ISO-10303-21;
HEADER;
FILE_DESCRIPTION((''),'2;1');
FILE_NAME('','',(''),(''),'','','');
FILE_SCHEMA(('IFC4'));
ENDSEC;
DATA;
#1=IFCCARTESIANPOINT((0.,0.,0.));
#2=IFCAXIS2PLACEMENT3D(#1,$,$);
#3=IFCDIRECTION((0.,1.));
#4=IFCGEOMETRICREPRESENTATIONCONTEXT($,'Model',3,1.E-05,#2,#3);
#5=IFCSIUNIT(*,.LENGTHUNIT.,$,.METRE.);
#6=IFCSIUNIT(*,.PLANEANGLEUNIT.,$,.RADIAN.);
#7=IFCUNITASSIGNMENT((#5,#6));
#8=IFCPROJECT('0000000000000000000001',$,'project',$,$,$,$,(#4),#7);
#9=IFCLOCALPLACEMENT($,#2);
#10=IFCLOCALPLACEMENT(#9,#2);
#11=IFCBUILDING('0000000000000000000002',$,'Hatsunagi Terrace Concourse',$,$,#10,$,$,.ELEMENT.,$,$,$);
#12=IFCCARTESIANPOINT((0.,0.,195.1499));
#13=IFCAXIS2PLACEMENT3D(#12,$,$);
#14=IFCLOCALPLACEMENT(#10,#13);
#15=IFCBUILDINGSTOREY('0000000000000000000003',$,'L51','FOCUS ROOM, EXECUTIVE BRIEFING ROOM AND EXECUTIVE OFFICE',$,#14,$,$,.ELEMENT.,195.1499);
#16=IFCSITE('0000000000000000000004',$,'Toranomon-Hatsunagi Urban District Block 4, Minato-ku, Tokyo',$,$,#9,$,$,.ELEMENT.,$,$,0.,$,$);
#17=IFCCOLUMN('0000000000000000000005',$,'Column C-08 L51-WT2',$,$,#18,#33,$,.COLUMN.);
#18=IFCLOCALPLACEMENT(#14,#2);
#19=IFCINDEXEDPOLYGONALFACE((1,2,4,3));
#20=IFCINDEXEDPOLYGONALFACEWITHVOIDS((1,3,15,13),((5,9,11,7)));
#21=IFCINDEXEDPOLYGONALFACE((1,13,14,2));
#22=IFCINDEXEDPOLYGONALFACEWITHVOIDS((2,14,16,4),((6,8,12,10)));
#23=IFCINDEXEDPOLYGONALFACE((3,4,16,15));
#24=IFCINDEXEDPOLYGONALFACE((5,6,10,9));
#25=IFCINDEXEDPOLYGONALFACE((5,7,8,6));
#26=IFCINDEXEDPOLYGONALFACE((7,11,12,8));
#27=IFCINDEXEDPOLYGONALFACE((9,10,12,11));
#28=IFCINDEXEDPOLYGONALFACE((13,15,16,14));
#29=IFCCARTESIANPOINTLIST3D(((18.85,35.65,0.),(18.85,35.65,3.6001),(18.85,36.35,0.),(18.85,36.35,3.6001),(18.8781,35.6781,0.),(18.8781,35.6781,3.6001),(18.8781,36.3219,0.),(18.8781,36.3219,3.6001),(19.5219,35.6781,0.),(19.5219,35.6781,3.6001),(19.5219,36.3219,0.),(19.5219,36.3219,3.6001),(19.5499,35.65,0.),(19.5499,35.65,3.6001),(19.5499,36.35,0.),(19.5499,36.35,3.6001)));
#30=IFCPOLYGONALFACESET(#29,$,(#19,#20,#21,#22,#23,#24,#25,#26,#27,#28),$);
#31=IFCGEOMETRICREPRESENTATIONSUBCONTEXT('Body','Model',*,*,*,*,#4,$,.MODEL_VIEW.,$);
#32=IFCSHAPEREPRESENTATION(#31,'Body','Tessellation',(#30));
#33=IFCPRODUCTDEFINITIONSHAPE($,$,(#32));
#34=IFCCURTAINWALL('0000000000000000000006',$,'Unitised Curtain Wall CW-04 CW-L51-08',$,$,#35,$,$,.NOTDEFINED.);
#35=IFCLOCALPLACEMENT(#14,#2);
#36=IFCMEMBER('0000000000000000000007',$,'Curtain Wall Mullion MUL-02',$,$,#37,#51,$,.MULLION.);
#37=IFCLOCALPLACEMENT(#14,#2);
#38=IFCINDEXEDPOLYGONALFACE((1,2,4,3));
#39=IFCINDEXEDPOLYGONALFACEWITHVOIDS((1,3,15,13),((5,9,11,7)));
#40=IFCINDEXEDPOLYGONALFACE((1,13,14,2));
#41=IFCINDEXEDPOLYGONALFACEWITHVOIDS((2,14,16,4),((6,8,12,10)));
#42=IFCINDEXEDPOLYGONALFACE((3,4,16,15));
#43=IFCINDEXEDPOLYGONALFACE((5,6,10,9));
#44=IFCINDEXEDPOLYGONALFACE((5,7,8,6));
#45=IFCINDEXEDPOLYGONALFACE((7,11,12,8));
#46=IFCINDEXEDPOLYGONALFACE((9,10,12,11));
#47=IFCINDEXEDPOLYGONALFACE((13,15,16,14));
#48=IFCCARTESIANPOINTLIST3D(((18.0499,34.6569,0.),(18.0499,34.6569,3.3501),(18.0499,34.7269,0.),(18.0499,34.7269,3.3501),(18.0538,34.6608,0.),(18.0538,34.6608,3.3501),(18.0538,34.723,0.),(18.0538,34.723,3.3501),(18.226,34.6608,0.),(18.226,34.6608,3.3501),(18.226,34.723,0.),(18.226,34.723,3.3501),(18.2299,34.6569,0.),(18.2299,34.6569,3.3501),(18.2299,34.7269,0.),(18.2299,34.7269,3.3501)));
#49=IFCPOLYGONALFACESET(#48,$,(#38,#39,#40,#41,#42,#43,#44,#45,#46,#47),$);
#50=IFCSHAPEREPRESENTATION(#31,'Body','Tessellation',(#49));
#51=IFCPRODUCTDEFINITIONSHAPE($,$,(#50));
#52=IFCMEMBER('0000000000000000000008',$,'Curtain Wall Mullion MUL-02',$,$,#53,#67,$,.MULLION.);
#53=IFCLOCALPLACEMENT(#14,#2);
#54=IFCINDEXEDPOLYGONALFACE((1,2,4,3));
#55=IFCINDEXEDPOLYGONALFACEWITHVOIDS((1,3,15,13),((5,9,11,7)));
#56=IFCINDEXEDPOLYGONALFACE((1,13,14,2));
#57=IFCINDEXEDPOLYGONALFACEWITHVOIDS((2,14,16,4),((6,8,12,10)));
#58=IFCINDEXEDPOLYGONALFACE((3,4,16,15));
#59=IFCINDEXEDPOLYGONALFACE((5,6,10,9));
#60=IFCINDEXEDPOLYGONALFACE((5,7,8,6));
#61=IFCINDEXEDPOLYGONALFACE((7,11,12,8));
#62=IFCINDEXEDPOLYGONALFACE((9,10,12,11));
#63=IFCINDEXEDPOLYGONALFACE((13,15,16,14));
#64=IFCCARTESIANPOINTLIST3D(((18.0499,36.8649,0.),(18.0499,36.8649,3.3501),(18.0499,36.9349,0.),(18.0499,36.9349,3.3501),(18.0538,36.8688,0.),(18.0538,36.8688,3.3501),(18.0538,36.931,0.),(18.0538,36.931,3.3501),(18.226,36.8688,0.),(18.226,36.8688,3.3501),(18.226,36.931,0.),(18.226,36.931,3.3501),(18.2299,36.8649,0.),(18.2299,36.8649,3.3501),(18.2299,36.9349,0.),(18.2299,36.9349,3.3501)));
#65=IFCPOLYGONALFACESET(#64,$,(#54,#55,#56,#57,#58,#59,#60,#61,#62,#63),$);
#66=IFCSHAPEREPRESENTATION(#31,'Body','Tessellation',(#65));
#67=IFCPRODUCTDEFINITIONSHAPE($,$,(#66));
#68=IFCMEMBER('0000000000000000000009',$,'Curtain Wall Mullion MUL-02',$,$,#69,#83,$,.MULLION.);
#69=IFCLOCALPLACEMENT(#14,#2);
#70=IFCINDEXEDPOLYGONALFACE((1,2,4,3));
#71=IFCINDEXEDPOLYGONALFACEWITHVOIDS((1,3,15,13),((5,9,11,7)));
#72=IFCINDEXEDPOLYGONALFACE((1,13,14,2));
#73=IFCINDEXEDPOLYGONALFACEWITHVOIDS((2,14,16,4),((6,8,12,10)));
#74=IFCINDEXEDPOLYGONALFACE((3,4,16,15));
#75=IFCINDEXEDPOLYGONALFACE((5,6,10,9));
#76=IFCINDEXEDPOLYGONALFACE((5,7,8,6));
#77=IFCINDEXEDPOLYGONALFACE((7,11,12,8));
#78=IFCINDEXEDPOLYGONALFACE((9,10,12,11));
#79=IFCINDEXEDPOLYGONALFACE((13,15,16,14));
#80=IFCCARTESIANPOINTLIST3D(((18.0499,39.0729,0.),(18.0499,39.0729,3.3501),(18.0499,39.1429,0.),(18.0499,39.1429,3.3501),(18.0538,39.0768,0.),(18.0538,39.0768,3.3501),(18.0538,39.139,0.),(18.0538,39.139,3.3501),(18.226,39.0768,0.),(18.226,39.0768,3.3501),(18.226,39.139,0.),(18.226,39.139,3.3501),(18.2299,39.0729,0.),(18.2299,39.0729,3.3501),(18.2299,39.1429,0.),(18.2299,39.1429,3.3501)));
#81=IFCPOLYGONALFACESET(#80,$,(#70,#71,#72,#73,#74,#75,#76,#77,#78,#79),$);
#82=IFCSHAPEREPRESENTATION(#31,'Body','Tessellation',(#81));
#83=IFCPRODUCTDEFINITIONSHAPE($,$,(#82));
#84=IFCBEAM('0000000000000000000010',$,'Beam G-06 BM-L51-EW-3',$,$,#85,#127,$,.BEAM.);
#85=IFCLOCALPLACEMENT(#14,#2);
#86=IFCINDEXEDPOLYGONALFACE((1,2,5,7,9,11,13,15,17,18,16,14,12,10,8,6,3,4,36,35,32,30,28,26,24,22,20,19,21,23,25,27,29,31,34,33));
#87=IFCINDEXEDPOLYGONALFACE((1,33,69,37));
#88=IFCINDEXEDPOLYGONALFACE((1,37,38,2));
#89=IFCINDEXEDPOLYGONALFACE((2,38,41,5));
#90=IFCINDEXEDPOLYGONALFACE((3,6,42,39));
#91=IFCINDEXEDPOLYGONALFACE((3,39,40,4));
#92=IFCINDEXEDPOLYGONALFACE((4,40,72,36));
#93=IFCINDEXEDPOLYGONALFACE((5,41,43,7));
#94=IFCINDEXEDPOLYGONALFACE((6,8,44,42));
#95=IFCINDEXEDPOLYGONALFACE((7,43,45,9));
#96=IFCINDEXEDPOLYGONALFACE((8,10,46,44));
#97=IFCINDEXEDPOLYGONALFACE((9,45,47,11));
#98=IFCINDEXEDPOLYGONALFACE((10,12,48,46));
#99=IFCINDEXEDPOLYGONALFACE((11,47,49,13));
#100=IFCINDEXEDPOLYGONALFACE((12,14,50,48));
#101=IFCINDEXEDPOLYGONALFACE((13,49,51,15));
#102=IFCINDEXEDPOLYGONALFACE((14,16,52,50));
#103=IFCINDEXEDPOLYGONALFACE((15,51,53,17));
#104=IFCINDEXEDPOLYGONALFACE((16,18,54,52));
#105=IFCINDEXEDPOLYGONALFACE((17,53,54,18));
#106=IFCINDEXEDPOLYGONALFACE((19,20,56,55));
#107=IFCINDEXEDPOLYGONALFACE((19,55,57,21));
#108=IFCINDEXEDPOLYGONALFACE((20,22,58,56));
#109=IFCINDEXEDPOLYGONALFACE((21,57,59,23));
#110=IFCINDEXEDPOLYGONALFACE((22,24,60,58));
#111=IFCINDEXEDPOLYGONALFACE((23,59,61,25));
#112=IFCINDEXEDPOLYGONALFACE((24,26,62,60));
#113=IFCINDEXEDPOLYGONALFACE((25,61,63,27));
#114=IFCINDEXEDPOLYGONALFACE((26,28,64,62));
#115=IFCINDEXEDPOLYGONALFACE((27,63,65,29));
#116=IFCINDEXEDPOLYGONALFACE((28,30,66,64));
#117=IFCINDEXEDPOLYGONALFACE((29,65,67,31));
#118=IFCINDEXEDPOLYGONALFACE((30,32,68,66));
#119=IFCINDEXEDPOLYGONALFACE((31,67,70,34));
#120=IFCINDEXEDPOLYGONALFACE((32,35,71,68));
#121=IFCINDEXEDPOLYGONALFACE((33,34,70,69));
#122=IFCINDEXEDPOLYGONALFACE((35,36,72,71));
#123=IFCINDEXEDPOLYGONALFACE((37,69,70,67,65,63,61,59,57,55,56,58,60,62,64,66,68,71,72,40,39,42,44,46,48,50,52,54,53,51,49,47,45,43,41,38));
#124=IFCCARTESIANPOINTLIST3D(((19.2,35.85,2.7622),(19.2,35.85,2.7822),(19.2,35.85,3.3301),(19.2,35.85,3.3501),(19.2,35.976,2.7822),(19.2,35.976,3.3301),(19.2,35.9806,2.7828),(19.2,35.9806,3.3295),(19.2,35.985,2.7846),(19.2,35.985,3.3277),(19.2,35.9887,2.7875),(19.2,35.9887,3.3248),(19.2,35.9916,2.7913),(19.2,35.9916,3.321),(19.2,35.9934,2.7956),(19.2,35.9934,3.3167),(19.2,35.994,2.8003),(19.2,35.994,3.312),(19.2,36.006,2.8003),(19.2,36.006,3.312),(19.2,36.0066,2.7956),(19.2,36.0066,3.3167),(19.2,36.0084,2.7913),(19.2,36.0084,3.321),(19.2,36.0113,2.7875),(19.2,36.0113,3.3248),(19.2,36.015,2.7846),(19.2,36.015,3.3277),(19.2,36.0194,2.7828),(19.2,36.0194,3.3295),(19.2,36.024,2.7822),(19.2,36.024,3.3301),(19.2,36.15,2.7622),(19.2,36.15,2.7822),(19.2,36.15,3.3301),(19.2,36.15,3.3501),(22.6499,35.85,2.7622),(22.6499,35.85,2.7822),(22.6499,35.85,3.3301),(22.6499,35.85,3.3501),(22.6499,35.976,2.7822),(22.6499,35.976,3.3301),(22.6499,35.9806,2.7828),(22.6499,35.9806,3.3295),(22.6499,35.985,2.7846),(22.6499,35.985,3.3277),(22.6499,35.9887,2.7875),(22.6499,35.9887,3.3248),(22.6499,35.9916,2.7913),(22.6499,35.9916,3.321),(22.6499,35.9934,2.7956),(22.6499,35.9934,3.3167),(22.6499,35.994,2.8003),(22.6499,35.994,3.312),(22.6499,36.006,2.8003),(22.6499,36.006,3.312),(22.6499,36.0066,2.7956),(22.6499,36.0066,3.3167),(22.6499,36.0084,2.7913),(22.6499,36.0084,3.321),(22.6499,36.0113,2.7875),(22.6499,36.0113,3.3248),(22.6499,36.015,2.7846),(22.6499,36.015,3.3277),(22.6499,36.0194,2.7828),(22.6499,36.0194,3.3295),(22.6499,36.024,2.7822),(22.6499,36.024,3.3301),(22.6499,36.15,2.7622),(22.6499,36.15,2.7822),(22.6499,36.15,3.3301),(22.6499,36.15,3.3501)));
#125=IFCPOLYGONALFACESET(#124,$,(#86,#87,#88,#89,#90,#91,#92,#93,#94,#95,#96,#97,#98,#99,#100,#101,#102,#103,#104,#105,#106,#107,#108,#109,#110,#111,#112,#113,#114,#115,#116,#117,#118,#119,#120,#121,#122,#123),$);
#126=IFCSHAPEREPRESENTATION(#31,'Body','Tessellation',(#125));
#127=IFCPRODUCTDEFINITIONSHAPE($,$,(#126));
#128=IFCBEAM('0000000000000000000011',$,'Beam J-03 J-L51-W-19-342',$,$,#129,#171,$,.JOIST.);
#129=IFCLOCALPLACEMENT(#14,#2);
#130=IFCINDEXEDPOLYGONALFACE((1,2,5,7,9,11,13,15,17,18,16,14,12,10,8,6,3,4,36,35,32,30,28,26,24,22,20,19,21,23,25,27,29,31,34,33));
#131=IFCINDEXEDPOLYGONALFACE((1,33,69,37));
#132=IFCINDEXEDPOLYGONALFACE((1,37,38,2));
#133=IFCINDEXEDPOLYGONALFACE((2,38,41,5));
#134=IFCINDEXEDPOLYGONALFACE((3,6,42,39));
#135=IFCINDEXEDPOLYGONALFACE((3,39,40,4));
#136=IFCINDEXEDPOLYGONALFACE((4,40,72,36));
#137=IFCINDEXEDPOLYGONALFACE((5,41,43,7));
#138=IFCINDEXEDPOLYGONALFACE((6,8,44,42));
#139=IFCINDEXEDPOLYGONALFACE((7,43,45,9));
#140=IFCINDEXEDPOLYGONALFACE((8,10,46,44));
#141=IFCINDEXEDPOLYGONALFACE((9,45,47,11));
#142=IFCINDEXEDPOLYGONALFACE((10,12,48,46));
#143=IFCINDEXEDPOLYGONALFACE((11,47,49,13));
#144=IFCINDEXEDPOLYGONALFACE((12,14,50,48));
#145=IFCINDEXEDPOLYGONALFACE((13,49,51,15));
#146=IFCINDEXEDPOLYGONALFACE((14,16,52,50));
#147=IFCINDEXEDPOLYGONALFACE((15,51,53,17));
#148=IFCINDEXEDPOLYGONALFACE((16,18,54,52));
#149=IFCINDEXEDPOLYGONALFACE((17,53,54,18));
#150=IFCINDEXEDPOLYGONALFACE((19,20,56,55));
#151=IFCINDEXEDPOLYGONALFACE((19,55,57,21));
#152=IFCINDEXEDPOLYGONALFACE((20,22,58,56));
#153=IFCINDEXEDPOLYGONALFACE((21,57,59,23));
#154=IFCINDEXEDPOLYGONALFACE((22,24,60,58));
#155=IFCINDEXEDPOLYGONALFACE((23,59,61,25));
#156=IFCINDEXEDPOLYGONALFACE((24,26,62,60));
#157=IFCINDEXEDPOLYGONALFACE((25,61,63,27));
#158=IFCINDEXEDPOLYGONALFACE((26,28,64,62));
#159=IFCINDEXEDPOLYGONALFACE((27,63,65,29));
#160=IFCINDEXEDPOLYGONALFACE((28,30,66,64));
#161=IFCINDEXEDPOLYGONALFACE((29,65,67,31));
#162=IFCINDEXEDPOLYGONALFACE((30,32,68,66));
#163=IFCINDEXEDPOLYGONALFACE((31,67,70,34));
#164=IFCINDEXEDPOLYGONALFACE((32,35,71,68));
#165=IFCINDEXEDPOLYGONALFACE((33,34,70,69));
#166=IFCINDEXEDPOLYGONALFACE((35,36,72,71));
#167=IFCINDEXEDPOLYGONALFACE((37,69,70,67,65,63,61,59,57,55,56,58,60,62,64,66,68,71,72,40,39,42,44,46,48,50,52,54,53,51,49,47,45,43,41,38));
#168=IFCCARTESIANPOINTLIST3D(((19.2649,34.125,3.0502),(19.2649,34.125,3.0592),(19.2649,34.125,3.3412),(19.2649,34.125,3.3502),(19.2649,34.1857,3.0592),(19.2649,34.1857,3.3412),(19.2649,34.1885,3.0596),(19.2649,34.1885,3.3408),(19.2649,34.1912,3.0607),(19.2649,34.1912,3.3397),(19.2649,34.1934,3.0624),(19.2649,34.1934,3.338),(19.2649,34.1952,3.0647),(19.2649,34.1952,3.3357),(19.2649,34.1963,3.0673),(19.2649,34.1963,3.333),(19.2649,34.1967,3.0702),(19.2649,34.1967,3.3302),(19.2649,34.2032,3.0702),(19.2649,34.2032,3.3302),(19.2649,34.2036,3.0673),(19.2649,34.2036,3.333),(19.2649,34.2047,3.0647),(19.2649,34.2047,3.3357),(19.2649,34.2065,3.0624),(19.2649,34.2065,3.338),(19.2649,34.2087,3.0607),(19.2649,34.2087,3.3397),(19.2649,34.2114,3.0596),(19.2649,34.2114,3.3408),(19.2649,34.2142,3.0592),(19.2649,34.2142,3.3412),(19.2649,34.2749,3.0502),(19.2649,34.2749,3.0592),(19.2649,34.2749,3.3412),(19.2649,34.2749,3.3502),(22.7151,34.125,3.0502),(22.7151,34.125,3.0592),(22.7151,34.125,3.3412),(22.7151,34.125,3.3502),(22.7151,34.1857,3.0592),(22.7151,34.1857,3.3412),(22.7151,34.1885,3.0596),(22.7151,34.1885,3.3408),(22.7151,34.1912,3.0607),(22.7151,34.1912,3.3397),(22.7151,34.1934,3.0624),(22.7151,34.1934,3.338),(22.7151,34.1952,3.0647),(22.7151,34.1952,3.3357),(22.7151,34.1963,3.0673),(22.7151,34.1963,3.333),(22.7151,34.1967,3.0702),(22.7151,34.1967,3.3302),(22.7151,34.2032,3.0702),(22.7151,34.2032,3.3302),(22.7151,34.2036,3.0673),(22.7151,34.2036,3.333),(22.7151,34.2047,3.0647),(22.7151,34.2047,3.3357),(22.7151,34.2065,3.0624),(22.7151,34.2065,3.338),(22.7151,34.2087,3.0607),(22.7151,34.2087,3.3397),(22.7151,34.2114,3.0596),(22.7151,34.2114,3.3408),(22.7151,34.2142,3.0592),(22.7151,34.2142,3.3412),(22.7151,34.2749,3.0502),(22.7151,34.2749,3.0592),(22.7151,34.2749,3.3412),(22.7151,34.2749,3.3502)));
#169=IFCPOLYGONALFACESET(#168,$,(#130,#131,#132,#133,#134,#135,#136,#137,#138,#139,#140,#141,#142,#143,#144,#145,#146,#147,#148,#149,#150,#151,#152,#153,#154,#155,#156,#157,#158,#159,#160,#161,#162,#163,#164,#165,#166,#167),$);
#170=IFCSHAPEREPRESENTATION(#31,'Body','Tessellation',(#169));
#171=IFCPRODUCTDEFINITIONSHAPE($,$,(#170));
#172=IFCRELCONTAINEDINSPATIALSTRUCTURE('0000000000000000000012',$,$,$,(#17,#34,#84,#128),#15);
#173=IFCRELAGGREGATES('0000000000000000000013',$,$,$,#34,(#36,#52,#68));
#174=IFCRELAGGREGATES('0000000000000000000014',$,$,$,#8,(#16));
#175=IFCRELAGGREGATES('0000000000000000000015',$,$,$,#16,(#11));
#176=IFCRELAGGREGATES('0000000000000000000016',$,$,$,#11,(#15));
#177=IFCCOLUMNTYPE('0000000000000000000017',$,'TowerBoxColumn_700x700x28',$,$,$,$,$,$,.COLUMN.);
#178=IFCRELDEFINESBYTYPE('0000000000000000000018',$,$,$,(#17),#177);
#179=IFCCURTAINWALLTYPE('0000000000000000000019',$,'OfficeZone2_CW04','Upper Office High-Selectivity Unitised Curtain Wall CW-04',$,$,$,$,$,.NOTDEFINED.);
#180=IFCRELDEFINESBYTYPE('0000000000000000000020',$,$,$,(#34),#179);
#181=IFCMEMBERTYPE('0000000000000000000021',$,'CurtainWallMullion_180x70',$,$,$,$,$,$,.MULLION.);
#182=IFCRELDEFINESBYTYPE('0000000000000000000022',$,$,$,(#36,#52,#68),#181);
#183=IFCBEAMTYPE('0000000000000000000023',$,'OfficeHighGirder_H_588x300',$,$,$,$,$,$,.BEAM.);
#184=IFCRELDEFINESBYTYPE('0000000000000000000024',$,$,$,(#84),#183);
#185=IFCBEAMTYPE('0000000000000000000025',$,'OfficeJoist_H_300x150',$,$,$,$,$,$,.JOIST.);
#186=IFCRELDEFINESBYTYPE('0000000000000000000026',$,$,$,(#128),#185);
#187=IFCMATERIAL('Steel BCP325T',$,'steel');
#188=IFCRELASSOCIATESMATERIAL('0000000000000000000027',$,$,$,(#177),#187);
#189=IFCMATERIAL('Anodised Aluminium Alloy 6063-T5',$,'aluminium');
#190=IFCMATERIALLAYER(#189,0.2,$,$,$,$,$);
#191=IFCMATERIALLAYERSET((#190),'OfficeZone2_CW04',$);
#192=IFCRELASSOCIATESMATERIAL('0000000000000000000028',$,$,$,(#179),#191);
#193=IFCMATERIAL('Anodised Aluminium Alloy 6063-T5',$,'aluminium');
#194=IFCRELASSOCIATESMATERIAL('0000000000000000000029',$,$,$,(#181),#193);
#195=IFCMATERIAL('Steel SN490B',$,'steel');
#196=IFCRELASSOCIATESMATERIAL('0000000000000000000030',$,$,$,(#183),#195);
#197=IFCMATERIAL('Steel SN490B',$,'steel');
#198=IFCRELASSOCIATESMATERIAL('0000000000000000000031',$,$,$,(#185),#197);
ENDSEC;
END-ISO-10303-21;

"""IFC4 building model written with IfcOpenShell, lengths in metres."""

from ifc_helpers import new_model, si_unit, direction, frame, origin, origin_2d, place, context, subcontext, project, spatial, hollow_rectangle, i_section, extrude, material, layer, layer_set, material_profile, profile_set, type_object, element, aggregate, save


model = new_model("IFC4")

# Units and contexts
model_context = context("Model", 3, precision=1e-05, world=origin(), true_north=direction((0.0, 1.0)))
body_context = subcontext(model_context, "Body", "Model", "MODEL_VIEW")
ifc_project = project(units=[si_unit("LENGTHUNIT", "METRE"), si_unit("PLANEANGLEUNIT", "RADIAN")], contexts=[model_context])

# Site, building, storey
site_placement = place(None, origin())
site = spatial("IfcSite", under=ifc_project, at=site_placement, Name="Toranomon-Hatsunagi Urban District Block 4, Minato-ku, Tokyo", CompositionType="ELEMENT", RefElevation=0.0)
building_placement = place(site_placement, origin())
building = spatial("IfcBuilding", under=site, at=building_placement, Name="Hatsunagi Terrace Concourse", CompositionType="ELEMENT")
storey_placement = place(building_placement, frame((0.0, 0.0, 195.1499)))
storey = spatial("IfcBuildingStorey", under=building, at=storey_placement, Name="L51", Description="FOCUS ROOM, EXECUTIVE BRIEFING ROOM AND EXECUTIVE OFFICE", CompositionType="ELEMENT", Elevation=195.1499)

# Column
ifc_material_1 = material(Name="Steel BCP325T", Category="steel")
ifc_material_profile_1 = material_profile(ifc_material_1, hollow_rectangle(XDim=0.7, YDim=0.7, WallThickness=0.0281, at=origin_2d()), Name="BCP-700x700x28")
ifc_profile_set_1 = profile_set([ifc_material_profile_1], Name="Steel BCP325T")
column_type = type_object("IfcColumnType", Name="TowerBoxColumn_700x700x28", PredefinedType="COLUMN", material=ifc_profile_set_1)
column_placement = place(storey_placement, frame((19.2, 36.0, 0.0), z_axis=(0.0, 0.0, 1.0), x_axis=(1.0, 0.0, 0.0)))
element("IfcColumn", 1, at=column_placement, inside=storey, type_object=column_type, Name="Column C-08 L51-WT2", PredefinedType="COLUMN", context=body_context, shape_type="SweptSolid", body=[
    extrude(hollow_rectangle(XDim=0.7, YDim=0.7, WallThickness=0.0281, at=origin_2d()), origin(), (0.0, 0.0, 1.0), 3.6001),
])

# Curtain wall, members
ifc_material_2 = material(Name="Anodised Aluminium Alloy 6063-T5", Category="aluminium")
ifc_layer_1 = layer(ifc_material_2, 0.2)
ifc_layer_set_1 = layer_set([ifc_layer_1], Name="OfficeZone2_CW04")
curtain_wall_type = type_object("IfcCurtainWallType", Name="OfficeZone2_CW04", Description="Upper Office High-Selectivity Unitised Curtain Wall CW-04", PredefinedType="NOTDEFINED", material=ifc_layer_set_1)
curtain_wall_placement = place(storey_placement, origin())
curtain_wall = element("IfcCurtainWall", 2, at=curtain_wall_placement, inside=storey, type_object=curtain_wall_type, Name="Unitised Curtain Wall CW-04 CW-L51-08", PredefinedType="NOTDEFINED")
ifc_material_3 = material(Name="Anodised Aluminium Alloy 6063-T5", Category="aluminium")
ifc_material_profile_2 = material_profile(ifc_material_3, hollow_rectangle(XDim=0.0701, YDim=0.1799, WallThickness=0.0039, at=origin_2d()), Name="ALU-MUL-180x70x4")
ifc_profile_set_2 = profile_set([ifc_material_profile_2], Name="Anodised Aluminium Alloy 6063-T5")
member_type = type_object("IfcMemberType", Name="CurtainWallMullion_180x70", PredefinedType="MULLION", material=ifc_profile_set_2)
member_1_placement = place(storey_placement, frame((18.1399, 34.6919, 0.0), z_axis=(0.0, 0.0, 1.0), x_axis=(0.0, 1.0, 0.0)))
member_1 = element("IfcMember", 3, at=member_1_placement, type_object=member_type, Name="Curtain Wall Mullion MUL-02", PredefinedType="MULLION", context=body_context, shape_type="SweptSolid", body=[
    extrude(hollow_rectangle(XDim=0.0701, YDim=0.1799, WallThickness=0.0039, at=origin_2d()), origin(), (0.0, 0.0, 1.0), 3.3501),
])
member_2_placement = place(storey_placement, frame((18.1399, 36.8999, 0.0), z_axis=(0.0, 0.0, 1.0), x_axis=(0.0, 1.0, 0.0)))
member_2 = element("IfcMember", 4, at=member_2_placement, type_object=member_type, Name="Curtain Wall Mullion MUL-02", PredefinedType="MULLION", context=body_context, shape_type="SweptSolid", body=[
    extrude(hollow_rectangle(XDim=0.0701, YDim=0.1799, WallThickness=0.0039, at=origin_2d()), origin(), (0.0, 0.0, 1.0), 3.3501),
])
member_3_placement = place(storey_placement, frame((18.1399, 39.1079, 0.0), z_axis=(0.0, 0.0, 1.0), x_axis=(0.0, 1.0, 0.0)))
member_3 = element("IfcMember", 5, at=member_3_placement, type_object=member_type, Name="Curtain Wall Mullion MUL-02", PredefinedType="MULLION", context=body_context, shape_type="SweptSolid", body=[
    extrude(hollow_rectangle(XDim=0.0701, YDim=0.1799, WallThickness=0.0039, at=origin_2d()), origin(), (0.0, 0.0, 1.0), 3.3501),
])

# Beams
ifc_material_4 = material(Name="Steel SN490B", Category="steel")
ifc_material_profile_3 = material_profile(ifc_material_4, i_section(OverallWidth=0.3, OverallDepth=0.5879, WebThickness=0.012, FlangeThickness=0.02, FilletRadius=0.0181, at=origin_2d()), Name="H-588x300x12x20")
ifc_profile_set_3 = profile_set([ifc_material_profile_3], Name="Steel SN490B")
beam_type_1 = type_object("IfcBeamType", Name="OfficeHighGirder_H_588x300", PredefinedType="BEAM", material=ifc_profile_set_3)
beam_1_placement = place(storey_placement, frame((19.2, 36.0, 3.0562), z_axis=(1.0, 0.0, 0.0), x_axis=(0.0, 1.0, 0.0)))
element("IfcBeam", 6, at=beam_1_placement, inside=storey, type_object=beam_type_1, Name="Beam G-06 BM-L51-EW-3", PredefinedType="BEAM", context=body_context, shape_type="SweptSolid", body=[
    extrude(i_section(OverallWidth=0.3, OverallDepth=0.5879, WebThickness=0.012, FlangeThickness=0.02, FilletRadius=0.0181, at=origin_2d()), origin(), (0.0, 0.0, 1.0), 3.45),
])
ifc_material_5 = material(Name="Steel SN490B", Category="steel")
ifc_material_profile_4 = material_profile(ifc_material_5, i_section(OverallWidth=0.1499, OverallDepth=0.3, WebThickness=0.0066, FlangeThickness=0.009, FilletRadius=0.011, at=origin_2d()), Name="H-300x150x6.5x9")
ifc_profile_set_4 = profile_set([ifc_material_profile_4], Name="Steel SN490B")
beam_type_2 = type_object("IfcBeamType", Name="OfficeJoist_H_300x150", PredefinedType="JOIST", material=ifc_profile_set_4)
for number, where, z_axis, x_axis, name in (
    (7, (19.2649, 34.2, 3.2002), (1.0, 0.0, 0.0), (0.0, 1.0, 0.0), "Beam J-03 J-L51-W-19-342"),
):
    element("IfcBeam", number, at=place(storey_placement, frame(where, z_axis=z_axis, x_axis=x_axis)), inside=storey, type_object=beam_type_2, Name=name, PredefinedType="JOIST", context=body_context, shape_type="SweptSolid", body=[
        extrude(i_section(OverallWidth=0.1499, OverallDepth=0.3, WebThickness=0.0066, FlangeThickness=0.009, FilletRadius=0.011, at=origin_2d()), origin(), (0.0, 0.0, 1.0), 3.4502),
    ])

aggregate(curtain_wall, [member_1, member_2, member_3])

save(model, "model.ifc")
